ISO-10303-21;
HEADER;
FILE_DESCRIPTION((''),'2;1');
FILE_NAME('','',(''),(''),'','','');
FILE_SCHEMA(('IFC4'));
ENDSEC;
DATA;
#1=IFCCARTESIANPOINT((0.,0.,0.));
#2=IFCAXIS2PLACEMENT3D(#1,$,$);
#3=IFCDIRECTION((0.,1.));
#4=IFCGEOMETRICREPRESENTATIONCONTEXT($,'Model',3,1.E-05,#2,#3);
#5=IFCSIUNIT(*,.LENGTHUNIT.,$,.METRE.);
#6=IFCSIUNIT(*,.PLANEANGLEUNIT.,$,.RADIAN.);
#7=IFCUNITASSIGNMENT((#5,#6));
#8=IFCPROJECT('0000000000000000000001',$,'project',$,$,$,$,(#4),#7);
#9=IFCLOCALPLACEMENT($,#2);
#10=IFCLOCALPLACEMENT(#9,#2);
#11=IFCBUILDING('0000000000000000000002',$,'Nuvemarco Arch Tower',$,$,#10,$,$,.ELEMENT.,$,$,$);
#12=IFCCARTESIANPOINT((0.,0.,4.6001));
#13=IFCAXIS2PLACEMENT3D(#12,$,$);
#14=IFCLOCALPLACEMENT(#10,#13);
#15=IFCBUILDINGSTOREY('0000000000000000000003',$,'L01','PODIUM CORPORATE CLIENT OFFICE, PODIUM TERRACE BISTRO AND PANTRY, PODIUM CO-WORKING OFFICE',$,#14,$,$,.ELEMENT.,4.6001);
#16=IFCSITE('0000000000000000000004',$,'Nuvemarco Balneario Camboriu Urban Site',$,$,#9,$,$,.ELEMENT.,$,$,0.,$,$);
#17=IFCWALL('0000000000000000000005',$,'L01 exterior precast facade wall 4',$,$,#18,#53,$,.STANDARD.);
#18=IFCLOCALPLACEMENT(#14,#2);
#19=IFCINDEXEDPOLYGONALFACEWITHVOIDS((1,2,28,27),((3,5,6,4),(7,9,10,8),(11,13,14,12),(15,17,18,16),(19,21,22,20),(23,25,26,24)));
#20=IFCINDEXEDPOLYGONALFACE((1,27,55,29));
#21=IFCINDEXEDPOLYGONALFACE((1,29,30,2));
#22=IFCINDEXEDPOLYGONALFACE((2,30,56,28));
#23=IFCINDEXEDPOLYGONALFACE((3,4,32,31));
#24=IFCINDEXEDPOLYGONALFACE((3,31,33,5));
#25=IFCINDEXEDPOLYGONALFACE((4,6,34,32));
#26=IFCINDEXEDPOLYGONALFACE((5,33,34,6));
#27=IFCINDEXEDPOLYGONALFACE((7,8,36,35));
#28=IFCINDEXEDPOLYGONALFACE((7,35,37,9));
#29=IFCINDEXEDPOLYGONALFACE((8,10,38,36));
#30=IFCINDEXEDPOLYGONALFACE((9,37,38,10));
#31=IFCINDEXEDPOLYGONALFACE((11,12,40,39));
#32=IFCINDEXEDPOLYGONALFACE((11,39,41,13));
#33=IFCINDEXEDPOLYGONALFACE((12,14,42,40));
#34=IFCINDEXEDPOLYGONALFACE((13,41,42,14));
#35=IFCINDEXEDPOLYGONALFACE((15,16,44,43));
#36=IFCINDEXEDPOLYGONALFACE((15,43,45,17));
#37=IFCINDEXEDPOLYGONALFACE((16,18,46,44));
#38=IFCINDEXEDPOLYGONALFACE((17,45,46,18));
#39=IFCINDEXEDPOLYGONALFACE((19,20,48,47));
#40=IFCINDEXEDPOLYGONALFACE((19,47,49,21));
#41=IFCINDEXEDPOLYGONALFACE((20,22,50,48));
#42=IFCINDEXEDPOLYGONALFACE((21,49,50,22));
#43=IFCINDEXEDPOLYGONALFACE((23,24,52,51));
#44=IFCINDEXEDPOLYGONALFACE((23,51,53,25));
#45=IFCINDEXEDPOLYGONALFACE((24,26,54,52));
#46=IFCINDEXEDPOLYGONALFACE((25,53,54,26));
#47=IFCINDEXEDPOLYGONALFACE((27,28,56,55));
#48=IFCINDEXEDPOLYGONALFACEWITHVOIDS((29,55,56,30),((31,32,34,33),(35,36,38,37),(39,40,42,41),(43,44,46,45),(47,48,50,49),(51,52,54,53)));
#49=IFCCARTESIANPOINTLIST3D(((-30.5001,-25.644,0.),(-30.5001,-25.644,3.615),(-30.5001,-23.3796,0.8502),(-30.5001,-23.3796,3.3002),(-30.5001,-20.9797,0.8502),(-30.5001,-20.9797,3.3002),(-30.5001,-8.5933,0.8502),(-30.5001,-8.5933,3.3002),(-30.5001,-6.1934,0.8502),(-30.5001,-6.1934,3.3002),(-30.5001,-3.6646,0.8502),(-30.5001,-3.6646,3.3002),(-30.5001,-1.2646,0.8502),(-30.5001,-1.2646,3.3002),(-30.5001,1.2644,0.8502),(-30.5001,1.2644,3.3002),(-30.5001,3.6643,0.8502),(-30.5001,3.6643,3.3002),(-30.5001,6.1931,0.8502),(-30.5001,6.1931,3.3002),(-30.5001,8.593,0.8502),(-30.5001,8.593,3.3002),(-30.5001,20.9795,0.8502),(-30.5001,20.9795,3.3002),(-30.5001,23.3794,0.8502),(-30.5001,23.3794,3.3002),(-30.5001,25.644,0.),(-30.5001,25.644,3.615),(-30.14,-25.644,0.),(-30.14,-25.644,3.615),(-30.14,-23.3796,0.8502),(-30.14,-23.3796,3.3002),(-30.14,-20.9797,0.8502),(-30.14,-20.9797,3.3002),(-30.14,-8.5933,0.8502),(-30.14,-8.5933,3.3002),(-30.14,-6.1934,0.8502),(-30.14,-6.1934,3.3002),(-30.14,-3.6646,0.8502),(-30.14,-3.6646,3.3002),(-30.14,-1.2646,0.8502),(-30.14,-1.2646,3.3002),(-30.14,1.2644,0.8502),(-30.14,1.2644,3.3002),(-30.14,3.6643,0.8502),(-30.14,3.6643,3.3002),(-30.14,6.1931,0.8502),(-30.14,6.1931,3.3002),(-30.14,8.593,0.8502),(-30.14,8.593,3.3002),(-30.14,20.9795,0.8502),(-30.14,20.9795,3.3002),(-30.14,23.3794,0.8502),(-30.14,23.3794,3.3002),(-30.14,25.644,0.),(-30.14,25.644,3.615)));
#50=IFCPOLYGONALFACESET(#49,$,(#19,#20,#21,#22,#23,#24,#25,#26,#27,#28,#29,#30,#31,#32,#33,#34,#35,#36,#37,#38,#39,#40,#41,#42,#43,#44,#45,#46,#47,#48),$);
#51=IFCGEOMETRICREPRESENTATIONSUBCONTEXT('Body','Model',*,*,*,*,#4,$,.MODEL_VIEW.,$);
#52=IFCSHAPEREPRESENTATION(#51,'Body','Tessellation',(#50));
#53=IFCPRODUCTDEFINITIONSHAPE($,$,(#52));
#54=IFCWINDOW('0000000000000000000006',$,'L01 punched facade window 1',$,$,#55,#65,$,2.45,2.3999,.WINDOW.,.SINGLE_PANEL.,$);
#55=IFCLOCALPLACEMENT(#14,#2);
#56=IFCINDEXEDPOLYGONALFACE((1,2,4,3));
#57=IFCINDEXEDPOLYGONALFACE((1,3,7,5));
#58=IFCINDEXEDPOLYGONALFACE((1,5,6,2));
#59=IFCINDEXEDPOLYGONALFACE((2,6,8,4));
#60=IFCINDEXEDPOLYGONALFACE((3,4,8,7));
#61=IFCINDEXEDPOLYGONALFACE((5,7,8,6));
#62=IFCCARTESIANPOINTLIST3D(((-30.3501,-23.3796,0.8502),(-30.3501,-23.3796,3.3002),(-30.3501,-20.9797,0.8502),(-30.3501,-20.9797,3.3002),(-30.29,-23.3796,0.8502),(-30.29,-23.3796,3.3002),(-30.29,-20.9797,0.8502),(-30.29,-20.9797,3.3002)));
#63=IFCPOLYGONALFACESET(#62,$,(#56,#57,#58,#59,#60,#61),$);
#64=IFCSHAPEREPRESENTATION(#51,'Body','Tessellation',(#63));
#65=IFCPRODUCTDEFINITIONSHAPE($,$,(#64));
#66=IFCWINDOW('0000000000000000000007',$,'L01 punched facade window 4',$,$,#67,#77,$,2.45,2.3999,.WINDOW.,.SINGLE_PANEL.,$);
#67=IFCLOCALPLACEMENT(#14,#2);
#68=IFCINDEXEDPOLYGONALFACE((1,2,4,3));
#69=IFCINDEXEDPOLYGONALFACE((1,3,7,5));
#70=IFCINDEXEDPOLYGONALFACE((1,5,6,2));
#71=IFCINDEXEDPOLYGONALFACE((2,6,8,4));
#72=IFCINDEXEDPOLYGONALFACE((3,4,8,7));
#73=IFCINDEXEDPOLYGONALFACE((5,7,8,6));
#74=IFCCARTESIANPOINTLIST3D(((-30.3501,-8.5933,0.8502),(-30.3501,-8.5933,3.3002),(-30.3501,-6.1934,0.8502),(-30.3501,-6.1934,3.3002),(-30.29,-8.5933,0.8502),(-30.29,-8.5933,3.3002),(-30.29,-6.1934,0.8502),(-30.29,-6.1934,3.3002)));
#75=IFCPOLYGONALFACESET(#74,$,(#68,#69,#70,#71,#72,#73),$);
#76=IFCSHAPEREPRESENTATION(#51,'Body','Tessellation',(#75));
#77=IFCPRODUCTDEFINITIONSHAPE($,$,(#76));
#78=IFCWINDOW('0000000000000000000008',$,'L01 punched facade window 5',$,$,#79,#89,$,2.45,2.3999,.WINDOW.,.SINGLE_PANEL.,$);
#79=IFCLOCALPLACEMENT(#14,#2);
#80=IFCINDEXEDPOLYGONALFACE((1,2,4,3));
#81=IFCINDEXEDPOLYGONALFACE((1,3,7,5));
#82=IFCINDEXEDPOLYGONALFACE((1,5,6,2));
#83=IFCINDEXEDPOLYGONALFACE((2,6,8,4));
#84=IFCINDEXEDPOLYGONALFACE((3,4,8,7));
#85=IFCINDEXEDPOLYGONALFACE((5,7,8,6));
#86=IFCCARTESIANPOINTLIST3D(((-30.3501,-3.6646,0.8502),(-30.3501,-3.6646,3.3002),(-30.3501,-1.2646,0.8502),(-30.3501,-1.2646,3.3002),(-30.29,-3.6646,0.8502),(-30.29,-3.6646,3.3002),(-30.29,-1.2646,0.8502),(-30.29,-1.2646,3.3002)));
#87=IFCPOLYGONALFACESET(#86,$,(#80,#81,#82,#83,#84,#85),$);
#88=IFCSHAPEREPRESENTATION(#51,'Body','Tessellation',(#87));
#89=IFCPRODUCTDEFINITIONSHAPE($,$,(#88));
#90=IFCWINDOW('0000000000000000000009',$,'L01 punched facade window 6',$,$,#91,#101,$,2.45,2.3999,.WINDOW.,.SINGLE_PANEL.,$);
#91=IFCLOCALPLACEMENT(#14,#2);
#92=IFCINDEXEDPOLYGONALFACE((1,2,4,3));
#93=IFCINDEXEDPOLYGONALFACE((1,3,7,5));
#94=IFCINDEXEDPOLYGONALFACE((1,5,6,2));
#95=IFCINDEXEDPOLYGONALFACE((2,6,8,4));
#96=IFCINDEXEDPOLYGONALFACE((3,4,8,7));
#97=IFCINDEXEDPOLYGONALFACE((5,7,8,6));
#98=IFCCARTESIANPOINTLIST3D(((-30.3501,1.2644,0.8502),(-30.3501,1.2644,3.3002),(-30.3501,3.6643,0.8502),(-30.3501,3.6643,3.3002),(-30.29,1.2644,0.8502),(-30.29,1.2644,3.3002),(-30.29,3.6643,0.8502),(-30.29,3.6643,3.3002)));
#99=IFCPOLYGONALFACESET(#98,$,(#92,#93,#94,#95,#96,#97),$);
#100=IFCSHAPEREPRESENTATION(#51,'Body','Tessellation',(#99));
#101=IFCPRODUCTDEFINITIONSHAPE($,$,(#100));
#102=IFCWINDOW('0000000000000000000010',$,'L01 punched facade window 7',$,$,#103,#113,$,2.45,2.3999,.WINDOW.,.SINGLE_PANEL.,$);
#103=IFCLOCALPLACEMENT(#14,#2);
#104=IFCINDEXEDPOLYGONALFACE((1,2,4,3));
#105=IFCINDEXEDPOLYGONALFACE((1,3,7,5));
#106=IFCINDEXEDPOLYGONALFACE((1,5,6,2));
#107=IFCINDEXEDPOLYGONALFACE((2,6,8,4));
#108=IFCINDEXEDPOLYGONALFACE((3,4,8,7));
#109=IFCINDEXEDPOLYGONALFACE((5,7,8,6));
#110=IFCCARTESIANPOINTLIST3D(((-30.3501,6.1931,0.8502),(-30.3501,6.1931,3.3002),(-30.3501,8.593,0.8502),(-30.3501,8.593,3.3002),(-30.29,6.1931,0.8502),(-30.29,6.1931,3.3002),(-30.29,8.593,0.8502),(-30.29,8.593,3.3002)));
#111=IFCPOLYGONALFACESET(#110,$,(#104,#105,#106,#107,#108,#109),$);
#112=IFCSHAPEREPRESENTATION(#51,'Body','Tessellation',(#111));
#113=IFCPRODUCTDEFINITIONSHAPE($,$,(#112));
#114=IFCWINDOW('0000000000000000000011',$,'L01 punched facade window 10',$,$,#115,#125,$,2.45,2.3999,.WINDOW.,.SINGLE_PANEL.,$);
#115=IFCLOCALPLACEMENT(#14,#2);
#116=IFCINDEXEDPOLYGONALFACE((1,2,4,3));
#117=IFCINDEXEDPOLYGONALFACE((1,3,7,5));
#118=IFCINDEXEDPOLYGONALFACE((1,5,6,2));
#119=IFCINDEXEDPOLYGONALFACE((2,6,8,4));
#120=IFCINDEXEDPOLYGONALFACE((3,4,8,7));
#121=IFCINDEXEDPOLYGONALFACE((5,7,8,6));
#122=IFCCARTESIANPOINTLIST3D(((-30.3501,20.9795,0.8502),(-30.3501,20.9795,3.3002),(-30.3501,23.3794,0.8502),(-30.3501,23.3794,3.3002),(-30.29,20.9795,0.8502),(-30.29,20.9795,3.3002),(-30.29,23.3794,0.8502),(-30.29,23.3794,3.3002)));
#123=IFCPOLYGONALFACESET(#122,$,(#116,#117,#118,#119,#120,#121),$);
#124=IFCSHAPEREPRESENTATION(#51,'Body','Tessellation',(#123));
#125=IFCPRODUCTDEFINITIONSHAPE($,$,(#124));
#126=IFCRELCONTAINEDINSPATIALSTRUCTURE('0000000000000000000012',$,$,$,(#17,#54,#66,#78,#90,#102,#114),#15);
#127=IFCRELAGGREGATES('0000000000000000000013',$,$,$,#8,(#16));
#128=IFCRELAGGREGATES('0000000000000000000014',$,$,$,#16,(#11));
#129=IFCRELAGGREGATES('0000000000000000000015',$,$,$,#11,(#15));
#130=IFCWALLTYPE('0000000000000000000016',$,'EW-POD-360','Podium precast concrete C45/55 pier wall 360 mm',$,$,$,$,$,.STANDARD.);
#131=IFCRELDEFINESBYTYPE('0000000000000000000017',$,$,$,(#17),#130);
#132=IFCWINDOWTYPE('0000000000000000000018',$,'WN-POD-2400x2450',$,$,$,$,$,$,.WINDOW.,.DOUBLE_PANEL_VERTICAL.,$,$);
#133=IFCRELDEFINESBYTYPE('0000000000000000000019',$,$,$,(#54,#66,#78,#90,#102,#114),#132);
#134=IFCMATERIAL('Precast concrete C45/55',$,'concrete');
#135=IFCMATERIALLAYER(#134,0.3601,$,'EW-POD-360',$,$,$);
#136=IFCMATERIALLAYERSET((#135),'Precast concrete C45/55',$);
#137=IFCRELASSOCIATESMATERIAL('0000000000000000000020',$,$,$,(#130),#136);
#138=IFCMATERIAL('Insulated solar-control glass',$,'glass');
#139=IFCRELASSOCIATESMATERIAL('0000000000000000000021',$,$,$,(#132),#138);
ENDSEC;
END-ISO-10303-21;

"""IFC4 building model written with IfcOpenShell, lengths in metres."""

from ifc_helpers import new_model, si_unit, direction, frame, frame_2d, origin, place, context, subcontext, project, spatial, rectangle, extrude, source, transform, mapped, material, layer, layer_set, type_object, type_shapes, element, fill, save


model = new_model("IFC4")

# Units and contexts
model_context = context("Model", 3, precision=1e-05, world=origin(), true_north=direction((0.0, 1.0)))
body_context = subcontext(model_context, "Body", "Model", "MODEL_VIEW")
ifc_project = project(units=[si_unit("LENGTHUNIT", "METRE"), si_unit("PLANEANGLEUNIT", "RADIAN")], contexts=[model_context])

# Site, building, storey
site_placement = place(None, origin())
site = spatial("IfcSite", under=ifc_project, at=site_placement, Name="Nuvemarco Balneario Camboriu Urban Site", CompositionType="ELEMENT", RefElevation=0.0)
building_placement = place(site_placement, origin())
building = spatial("IfcBuilding", under=site, at=building_placement, Name="Nuvemarco Arch Tower", CompositionType="ELEMENT")
storey_placement = place(building_placement, frame((0.0, 0.0, 4.6001)))
storey = spatial("IfcBuildingStorey", under=building, at=storey_placement, Name="L01", Description="PODIUM CORPORATE CLIENT OFFICE, PODIUM TERRACE BISTRO AND PANTRY, PODIUM CO-WORKING OFFICE", CompositionType="ELEMENT", Elevation=4.6001)

# Shared definitions
ifc_material_1 = material(Name="Precast concrete C45/55", Category="concrete")

# Shared definitions
ifc_material_2 = material(Name="Insulated solar-control glass", Category="glass")

# Shared definitions
ifc_layer_1 = layer(ifc_material_1, 0.3601, Name="EW-POD-360")
ifc_layer_set_1 = layer_set([ifc_layer_1], Name="Precast concrete C45/55")
wall_type = type_object("IfcWallType", Name="EW-POD-360", Description="Podium precast concrete C45/55 pier wall 360 mm", PredefinedType="STANDARD", material=ifc_layer_set_1)

# Wall, openings, windows
wall_1_placement = place(storey_placement, frame((-30.3201, -25.644, 0.0), z_axis=(0.0, 0.0, 1.0), x_axis=(0.0, 1.0, 0.0)))
wall_1 = element("IfcWall", 1, at=wall_1_placement, inside=storey, type_object=wall_type, Name="L01 exterior precast facade wall 4", PredefinedType="STANDARD", context=body_context, shape_type="SweptSolid", body=[
    extrude(rectangle(XDim=51.2881, YDim=0.3601, at=frame_2d((25.644, 0.0))), origin(), (0.0, 0.0, 1.0), 3.615),
])
opening_1_placement = place(wall_1_placement, frame((2.2644, 0.0, 0.8501)))
opening_1 = element("IfcOpeningElement", 2, at=opening_1_placement, cuts=wall_1, PredefinedType="OPENING", context=body_context, shape_type="SweptSolid", body=[
    extrude(rectangle(XDim=2.3999, YDim=2.45, at=frame_2d((1.2, 1.2251))), frame((0.0, 0.1899, 0.0), z_axis=(0.0, -1.0, 0.0), x_axis=(1.0, 0.0, 0.0)), (0.0, 0.0, 1.0), 0.3801),
])
opening_2_placement = place(wall_1_placement, frame((17.0508, 0.0, 0.8501)))
opening_2 = element("IfcOpeningElement", 3, at=opening_2_placement, cuts=wall_1, PredefinedType="OPENING", context=body_context, shape_type="SweptSolid", body=[
    extrude(rectangle(XDim=2.3999, YDim=2.45, at=frame_2d((1.2, 1.2251))), frame((0.0, 0.1899, 0.0), z_axis=(0.0, -1.0, 0.0), x_axis=(1.0, 0.0, 0.0)), (0.0, 0.0, 1.0), 0.3801),
])
opening_3_placement = place(wall_1_placement, frame((21.9795, 0.0, 0.8501)))
opening_3 = element("IfcOpeningElement", 4, at=opening_3_placement, cuts=wall_1, PredefinedType="OPENING", context=body_context, shape_type="SweptSolid", body=[
    extrude(rectangle(XDim=2.3999, YDim=2.45, at=frame_2d((1.2, 1.2251))), frame((0.0, 0.1899, 0.0), z_axis=(0.0, -1.0, 0.0), x_axis=(1.0, 0.0, 0.0)), (0.0, 0.0, 1.0), 0.3801),
])
opening_4_placement = place(wall_1_placement, frame((26.9084, 0.0, 0.8501)))
opening_4 = element("IfcOpeningElement", 5, at=opening_4_placement, cuts=wall_1, PredefinedType="OPENING", context=body_context, shape_type="SweptSolid", body=[
    extrude(rectangle(XDim=2.3999, YDim=2.45, at=frame_2d((1.2, 1.2251))), frame((0.0, 0.1899, 0.0), z_axis=(0.0, -1.0, 0.0), x_axis=(1.0, 0.0, 0.0)), (0.0, 0.0, 1.0), 0.3801),
])
opening_5_placement = place(wall_1_placement, frame((31.8372, 0.0, 0.8501)))
opening_5 = element("IfcOpeningElement", 6, at=opening_5_placement, cuts=wall_1, PredefinedType="OPENING", context=body_context, shape_type="SweptSolid", body=[
    extrude(rectangle(XDim=2.3999, YDim=2.45, at=frame_2d((1.2, 1.2251))), frame((0.0, 0.1899, 0.0), z_axis=(0.0, -1.0, 0.0), x_axis=(1.0, 0.0, 0.0)), (0.0, 0.0, 1.0), 0.3801),
])
opening_6_placement = place(wall_1_placement, frame((46.6235, 0.0, 0.8501)))
opening_6 = element("IfcOpeningElement", 7, at=opening_6_placement, cuts=wall_1, PredefinedType="OPENING", context=body_context, shape_type="SweptSolid", body=[
    extrude(rectangle(XDim=2.3999, YDim=2.45, at=frame_2d((1.2, 1.2251))), frame((0.0, 0.1899, 0.0), z_axis=(0.0, -1.0, 0.0), x_axis=(1.0, 0.0, 0.0)), (0.0, 0.0, 1.0), 0.3801),
])
window_type_1 = type_object("IfcWindowType", Name="WN-POD-2400x2450", PartitioningType="DOUBLE_PANEL_VERTICAL", PredefinedType="WINDOW", material=ifc_material_2)
shared_shape_1 = source(origin(), body_context, "Body", "SweptSolid", [
    extrude(rectangle(XDim=2.3999, YDim=2.45, at=frame_2d((1.2, 1.2251))), frame((0.0, 0.03, 0.0), z_axis=(0.0, -1.0, 0.0), x_axis=(1.0, 0.0, 0.0)), (0.0, 0.0, 1.0), 0.0601),
])
type_shapes(window_type_1, [shared_shape_1])
window_1_placement = place(opening_1_placement, origin())
window_1 = element("IfcWindow", 8, at=window_1_placement, inside=storey, type_object=window_type_1, Name="L01 punched facade window 1", OverallHeight=2.45, OverallWidth=2.3999, PartitioningType="SINGLE_PANEL", PredefinedType="WINDOW", context=body_context, shape_type="MappedRepresentation", body=[
    mapped(shared_shape_1, transform((0.0, 0.0, 0.0), scale=1.0)),
])
fill(opening_1, window_1)
window_2_placement = place(opening_2_placement, origin())
window_2 = element("IfcWindow", 9, at=window_2_placement, inside=storey, type_object=window_type_1, Name="L01 punched facade window 4", OverallHeight=2.45, OverallWidth=2.3999, PartitioningType="SINGLE_PANEL", PredefinedType="WINDOW", context=body_context, shape_type="MappedRepresentation", body=[
    mapped(shared_shape_1, transform((0.0, 0.0, 0.0), scale=1.0)),
])
fill(opening_2, window_2)
window_3_placement = place(opening_3_placement, origin())
window_3 = element("IfcWindow", 10, at=window_3_placement, inside=storey, type_object=window_type_1, Name="L01 punched facade window 5", OverallHeight=2.45, OverallWidth=2.3999, PartitioningType="SINGLE_PANEL", PredefinedType="WINDOW", context=body_context, shape_type="MappedRepresentation", body=[
    mapped(shared_shape_1, transform((0.0, 0.0, 0.0), scale=1.0)),
])
fill(opening_3, window_3)
window_4_placement = place(opening_4_placement, origin())
window_4 = element("IfcWindow", 11, at=window_4_placement, inside=storey, type_object=window_type_1, Name="L01 punched facade window 6", OverallHeight=2.45, OverallWidth=2.3999, PartitioningType="SINGLE_PANEL", PredefinedType="WINDOW", context=body_context, shape_type="MappedRepresentation", body=[
    mapped(shared_shape_1, transform((0.0, 0.0, 0.0), scale=1.0)),
])
fill(opening_4, window_4)
window_5_placement = place(opening_5_placement, origin())
window_5 = element("IfcWindow", 12, at=window_5_placement, inside=storey, type_object=window_type_1, Name="L01 punched facade window 7", OverallHeight=2.45, OverallWidth=2.3999, PartitioningType="SINGLE_PANEL", PredefinedType="WINDOW", context=body_context, shape_type="MappedRepresentation", body=[
    mapped(shared_shape_1, transform((0.0, 0.0, 0.0), scale=1.0)),
])
fill(opening_5, window_5)
window_6_placement = place(opening_6_placement, origin())
window_6 = element("IfcWindow", 13, at=window_6_placement, inside=storey, type_object=window_type_1, Name="L01 punched facade window 10", OverallHeight=2.45, OverallWidth=2.3999, PartitioningType="SINGLE_PANEL", PredefinedType="WINDOW", context=body_context, shape_type="MappedRepresentation", body=[
    mapped(shared_shape_1, transform((0.0, 0.0, 0.0), scale=1.0)),
])
fill(opening_6, window_6)

save(model, "model.ifc")
